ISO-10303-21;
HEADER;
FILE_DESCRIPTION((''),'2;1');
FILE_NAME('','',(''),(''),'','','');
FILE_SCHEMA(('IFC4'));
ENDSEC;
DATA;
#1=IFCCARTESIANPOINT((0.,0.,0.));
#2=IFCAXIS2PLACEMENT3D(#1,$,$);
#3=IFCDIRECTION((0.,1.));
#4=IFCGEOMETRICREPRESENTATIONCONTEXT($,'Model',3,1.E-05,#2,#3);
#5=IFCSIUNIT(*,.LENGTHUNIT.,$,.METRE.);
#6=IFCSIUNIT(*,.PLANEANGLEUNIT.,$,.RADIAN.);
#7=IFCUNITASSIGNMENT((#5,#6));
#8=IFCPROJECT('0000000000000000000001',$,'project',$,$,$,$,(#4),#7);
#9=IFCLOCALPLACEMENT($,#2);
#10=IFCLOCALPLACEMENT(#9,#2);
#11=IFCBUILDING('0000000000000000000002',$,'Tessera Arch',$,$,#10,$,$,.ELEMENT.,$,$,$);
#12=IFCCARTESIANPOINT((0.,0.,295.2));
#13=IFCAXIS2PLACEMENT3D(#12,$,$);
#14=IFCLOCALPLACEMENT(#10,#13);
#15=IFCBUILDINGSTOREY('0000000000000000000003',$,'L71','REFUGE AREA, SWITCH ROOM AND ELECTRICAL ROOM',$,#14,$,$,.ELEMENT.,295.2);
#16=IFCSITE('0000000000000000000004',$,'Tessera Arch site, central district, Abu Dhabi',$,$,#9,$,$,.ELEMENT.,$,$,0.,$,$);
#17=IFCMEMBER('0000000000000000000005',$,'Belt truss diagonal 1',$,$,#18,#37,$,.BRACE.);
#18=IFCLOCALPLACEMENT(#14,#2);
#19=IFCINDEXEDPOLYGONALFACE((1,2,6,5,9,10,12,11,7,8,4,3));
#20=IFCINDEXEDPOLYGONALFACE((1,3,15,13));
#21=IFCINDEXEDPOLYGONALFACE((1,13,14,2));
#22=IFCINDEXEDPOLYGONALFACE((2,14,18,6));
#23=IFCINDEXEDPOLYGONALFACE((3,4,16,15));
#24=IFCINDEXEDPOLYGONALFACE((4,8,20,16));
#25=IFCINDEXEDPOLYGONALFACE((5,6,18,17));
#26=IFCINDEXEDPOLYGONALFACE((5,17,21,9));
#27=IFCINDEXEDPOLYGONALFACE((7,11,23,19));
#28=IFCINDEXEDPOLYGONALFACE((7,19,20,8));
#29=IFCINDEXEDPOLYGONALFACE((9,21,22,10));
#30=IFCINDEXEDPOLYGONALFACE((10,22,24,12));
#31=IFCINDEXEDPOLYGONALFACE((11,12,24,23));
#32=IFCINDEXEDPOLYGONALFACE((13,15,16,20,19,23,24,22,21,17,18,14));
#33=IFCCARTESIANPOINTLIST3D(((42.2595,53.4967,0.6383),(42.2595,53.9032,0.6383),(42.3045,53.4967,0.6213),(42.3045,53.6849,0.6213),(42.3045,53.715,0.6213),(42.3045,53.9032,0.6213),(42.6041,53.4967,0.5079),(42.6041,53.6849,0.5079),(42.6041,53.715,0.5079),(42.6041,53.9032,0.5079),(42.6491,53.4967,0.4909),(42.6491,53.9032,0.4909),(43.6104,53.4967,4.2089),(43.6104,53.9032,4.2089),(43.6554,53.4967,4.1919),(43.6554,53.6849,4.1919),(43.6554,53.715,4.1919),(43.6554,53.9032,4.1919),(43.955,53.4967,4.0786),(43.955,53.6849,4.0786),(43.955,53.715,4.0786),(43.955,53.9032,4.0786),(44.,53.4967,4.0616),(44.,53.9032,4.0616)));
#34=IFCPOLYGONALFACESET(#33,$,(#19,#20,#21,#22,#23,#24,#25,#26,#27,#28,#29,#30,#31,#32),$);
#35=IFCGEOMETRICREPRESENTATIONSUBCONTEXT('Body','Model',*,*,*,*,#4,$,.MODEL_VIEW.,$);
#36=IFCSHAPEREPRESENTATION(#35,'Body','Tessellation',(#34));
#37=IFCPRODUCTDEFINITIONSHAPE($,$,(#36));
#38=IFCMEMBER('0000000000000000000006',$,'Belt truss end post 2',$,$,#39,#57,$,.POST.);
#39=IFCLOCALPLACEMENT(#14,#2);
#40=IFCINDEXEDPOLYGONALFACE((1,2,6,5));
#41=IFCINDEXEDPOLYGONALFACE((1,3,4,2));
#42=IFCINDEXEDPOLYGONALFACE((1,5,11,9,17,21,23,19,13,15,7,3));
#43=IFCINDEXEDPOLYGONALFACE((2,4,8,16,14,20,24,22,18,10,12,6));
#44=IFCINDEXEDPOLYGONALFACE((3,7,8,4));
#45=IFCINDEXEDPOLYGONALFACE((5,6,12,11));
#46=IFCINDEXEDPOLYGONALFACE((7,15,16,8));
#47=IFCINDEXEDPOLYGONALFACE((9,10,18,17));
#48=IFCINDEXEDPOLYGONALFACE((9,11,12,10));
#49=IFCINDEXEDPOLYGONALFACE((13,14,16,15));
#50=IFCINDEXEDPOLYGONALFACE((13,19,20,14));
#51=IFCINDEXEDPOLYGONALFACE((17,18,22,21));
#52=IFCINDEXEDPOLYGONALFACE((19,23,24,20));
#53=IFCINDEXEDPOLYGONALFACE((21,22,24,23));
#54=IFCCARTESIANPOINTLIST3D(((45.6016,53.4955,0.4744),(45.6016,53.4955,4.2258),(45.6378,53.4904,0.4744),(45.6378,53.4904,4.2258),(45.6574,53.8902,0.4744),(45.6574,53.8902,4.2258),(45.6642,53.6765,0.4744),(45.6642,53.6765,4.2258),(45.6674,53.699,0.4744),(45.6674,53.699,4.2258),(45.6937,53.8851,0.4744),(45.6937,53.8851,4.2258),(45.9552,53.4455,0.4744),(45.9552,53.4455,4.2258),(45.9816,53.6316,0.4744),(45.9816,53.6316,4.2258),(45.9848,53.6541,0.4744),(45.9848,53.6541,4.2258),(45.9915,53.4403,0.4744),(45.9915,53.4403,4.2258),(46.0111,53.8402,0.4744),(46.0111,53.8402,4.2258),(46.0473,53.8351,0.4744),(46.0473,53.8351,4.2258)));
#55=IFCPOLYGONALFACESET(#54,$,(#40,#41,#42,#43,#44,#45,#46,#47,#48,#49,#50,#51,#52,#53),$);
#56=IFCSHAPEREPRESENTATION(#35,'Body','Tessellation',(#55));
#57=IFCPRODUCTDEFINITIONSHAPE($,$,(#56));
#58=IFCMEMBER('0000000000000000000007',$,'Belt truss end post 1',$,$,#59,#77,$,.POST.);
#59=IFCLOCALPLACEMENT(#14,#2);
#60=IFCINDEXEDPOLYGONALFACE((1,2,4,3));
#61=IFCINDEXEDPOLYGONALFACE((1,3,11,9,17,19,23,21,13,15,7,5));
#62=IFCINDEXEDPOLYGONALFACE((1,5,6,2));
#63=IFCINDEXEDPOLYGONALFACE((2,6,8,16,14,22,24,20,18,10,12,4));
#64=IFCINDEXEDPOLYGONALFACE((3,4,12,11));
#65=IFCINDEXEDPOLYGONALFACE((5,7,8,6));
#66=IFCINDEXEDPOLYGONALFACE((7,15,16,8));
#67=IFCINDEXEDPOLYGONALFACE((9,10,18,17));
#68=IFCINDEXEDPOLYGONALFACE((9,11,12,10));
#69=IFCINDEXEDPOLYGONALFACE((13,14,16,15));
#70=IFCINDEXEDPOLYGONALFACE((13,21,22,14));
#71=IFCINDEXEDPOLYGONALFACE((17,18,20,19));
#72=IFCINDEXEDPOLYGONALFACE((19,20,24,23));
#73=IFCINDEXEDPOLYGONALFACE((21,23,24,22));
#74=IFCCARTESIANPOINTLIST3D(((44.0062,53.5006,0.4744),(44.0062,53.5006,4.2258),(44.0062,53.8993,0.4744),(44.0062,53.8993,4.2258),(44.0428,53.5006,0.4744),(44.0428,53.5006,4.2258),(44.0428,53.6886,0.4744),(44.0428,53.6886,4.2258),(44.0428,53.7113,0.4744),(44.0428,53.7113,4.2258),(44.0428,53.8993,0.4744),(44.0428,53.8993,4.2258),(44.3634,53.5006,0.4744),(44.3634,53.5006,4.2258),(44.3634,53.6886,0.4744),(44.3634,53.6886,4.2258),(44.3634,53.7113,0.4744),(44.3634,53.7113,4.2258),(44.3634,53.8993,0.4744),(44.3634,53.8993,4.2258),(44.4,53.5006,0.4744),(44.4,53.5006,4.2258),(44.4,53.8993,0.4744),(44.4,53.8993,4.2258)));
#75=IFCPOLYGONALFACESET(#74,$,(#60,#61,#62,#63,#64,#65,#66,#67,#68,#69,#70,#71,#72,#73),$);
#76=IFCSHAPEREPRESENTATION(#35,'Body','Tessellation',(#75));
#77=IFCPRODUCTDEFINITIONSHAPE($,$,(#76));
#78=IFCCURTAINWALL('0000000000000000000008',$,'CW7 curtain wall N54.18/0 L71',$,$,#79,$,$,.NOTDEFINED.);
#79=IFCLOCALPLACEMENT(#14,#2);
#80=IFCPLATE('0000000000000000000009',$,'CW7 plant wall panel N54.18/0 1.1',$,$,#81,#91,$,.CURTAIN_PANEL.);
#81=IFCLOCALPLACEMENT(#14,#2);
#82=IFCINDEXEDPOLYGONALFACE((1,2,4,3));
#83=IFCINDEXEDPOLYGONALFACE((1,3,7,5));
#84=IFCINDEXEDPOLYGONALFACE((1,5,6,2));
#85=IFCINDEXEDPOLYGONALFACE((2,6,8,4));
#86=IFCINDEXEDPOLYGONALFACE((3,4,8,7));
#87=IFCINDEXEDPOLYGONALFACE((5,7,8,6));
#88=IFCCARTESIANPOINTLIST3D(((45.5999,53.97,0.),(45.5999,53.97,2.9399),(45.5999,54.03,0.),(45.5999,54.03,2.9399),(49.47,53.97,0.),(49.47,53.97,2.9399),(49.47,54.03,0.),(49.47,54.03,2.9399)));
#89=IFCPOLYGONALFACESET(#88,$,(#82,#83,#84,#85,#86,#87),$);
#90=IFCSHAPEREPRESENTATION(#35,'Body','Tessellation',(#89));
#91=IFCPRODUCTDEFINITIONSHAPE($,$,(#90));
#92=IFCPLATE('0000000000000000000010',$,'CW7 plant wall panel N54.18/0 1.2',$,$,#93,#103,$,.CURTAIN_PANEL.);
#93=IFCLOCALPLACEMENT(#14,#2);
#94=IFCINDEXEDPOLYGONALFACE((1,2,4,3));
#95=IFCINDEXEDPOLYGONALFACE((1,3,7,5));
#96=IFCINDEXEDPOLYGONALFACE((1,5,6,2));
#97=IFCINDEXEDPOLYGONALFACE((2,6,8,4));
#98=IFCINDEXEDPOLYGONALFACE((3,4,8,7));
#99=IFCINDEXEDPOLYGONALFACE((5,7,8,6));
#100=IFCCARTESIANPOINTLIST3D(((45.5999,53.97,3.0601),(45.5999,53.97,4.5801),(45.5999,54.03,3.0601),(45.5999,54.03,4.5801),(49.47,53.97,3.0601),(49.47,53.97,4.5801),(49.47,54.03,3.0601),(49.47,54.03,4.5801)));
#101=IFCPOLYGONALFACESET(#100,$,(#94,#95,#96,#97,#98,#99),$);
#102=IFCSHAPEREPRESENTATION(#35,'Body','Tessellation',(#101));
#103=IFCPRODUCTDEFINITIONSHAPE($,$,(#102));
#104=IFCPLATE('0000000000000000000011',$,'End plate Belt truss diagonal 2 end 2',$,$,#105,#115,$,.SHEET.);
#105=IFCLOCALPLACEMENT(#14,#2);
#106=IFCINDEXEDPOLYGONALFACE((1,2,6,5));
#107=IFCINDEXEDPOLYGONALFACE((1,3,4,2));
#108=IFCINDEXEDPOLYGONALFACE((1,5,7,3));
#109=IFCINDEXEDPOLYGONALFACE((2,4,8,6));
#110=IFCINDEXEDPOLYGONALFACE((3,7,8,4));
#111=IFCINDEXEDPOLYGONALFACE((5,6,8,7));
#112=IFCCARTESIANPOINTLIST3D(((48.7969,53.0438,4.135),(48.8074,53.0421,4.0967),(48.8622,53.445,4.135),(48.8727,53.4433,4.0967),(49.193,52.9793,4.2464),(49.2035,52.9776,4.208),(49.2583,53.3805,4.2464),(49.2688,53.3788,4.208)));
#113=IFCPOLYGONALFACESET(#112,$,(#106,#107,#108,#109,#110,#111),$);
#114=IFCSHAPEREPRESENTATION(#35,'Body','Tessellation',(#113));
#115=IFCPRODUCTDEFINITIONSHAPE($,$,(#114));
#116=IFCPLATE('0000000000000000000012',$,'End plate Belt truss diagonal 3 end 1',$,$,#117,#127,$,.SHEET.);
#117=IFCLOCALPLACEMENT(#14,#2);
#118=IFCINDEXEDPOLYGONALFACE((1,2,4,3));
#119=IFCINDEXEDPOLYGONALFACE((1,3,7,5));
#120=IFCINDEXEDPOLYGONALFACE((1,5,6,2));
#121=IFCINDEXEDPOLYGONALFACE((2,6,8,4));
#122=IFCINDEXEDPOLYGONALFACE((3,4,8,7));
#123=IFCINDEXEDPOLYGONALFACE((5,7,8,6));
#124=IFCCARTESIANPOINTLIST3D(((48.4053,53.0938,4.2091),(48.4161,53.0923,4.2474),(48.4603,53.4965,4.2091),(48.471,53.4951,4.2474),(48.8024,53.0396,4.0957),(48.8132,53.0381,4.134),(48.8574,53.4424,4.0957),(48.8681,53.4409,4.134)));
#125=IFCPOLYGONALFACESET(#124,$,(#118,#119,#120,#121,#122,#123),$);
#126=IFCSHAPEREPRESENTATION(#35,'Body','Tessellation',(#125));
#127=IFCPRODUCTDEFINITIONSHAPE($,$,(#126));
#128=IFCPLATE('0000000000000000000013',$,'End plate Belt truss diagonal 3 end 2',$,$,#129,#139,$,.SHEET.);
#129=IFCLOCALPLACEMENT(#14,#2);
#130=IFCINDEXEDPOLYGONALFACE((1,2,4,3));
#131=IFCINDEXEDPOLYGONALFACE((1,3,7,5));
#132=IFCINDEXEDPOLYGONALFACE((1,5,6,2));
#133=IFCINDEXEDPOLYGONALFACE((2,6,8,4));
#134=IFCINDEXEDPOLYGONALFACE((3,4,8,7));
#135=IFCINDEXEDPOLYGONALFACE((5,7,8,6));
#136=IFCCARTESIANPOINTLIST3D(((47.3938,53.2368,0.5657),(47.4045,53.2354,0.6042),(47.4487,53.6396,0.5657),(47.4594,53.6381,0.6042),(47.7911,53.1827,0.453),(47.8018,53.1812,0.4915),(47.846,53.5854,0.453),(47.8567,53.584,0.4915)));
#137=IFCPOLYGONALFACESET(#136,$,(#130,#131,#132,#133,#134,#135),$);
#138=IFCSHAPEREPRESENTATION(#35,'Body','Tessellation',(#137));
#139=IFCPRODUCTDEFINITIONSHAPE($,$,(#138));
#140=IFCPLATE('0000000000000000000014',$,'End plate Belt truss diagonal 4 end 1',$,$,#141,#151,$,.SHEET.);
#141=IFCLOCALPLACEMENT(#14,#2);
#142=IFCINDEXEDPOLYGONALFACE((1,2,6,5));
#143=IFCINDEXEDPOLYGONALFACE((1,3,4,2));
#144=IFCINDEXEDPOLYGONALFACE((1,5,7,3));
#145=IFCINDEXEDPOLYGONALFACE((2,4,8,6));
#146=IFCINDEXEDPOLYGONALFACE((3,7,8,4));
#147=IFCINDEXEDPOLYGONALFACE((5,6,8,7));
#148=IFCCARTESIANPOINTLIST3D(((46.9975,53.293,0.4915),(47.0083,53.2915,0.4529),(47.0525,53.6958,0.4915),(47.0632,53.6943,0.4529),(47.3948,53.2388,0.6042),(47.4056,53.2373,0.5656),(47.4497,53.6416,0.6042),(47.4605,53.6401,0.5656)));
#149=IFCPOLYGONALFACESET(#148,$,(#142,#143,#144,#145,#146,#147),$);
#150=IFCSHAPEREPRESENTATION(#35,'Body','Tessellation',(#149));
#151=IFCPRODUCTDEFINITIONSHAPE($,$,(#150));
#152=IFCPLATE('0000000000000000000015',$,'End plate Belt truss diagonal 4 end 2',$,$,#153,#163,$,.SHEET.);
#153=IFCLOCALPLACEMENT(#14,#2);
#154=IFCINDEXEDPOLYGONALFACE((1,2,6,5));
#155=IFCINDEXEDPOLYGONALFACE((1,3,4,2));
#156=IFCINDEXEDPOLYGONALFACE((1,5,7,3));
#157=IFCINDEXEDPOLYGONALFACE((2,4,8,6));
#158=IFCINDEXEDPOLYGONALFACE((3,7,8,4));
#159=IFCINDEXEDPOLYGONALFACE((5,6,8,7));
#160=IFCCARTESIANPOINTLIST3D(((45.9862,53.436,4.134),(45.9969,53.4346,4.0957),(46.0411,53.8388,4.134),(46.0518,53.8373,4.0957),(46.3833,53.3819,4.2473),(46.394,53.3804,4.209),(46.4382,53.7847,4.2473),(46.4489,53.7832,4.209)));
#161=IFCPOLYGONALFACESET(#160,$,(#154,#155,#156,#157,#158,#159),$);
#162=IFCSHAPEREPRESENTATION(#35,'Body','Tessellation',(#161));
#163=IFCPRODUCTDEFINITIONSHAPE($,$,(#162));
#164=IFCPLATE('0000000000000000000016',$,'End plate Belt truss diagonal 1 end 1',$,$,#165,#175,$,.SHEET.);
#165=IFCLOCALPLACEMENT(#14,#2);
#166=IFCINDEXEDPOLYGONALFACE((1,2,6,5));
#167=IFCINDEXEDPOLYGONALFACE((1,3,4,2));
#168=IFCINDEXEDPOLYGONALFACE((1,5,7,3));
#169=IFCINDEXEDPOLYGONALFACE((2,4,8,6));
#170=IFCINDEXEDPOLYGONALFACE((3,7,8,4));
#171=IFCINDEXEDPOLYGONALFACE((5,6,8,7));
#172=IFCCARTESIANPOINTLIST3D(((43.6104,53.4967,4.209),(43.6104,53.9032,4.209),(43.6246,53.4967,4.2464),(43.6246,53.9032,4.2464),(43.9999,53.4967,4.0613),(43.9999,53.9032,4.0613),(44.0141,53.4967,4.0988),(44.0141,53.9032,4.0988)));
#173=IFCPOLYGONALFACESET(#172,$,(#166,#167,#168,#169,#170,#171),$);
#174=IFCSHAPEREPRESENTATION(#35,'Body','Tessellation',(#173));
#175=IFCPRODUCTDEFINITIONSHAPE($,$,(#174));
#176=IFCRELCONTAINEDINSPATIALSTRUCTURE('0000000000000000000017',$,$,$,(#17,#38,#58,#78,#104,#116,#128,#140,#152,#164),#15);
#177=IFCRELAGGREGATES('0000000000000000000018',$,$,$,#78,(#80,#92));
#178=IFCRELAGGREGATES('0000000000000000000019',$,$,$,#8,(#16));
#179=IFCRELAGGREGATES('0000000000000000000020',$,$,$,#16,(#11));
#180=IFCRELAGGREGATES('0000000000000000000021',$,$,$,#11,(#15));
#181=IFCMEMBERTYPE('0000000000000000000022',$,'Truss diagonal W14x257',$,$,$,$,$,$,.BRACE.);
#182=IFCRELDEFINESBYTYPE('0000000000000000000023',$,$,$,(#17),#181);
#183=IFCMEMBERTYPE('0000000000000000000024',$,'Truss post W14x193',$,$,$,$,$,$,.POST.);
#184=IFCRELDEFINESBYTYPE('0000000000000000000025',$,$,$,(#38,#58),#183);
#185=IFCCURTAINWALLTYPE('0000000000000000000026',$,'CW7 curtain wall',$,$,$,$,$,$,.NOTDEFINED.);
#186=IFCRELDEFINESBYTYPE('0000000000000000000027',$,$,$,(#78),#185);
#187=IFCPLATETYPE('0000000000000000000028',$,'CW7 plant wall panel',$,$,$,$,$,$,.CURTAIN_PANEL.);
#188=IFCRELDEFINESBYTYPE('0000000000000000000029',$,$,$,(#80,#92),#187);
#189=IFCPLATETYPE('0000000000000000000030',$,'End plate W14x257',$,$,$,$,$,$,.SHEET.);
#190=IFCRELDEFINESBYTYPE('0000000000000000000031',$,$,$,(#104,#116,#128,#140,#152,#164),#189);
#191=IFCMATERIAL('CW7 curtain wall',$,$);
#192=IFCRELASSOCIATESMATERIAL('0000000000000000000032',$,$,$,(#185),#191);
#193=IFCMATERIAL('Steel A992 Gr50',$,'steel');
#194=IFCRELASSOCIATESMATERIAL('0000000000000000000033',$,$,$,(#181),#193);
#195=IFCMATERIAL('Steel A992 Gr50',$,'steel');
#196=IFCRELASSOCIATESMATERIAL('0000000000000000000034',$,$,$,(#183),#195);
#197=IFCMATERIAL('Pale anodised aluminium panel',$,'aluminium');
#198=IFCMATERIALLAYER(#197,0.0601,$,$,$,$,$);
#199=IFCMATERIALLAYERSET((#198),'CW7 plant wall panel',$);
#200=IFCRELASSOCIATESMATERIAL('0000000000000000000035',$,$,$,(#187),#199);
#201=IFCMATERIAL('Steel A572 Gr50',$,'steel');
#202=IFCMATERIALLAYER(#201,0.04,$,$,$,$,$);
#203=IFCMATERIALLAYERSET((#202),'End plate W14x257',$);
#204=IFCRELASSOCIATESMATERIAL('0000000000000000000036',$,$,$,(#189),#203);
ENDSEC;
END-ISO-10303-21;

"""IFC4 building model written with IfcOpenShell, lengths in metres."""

from ifc_helpers import new_model, si_unit, direction, frame, origin, origin_2d, place, context, subcontext, project, spatial, rectangle, i_section, extrude, material, layer, layer_set, material_profile, profile_set, type_object, element, aggregate, save


model = new_model("IFC4")

# Units and contexts
model_context = context("Model", 3, precision=1e-05, world=origin(), true_north=direction((0.0, 1.0)))
body_context = subcontext(model_context, "Body", "Model", "MODEL_VIEW")
ifc_project = project(units=[si_unit("LENGTHUNIT", "METRE"), si_unit("PLANEANGLEUNIT", "RADIAN")], contexts=[model_context])

# Site, building, storey
site_placement = place(None, origin())
site = spatial("IfcSite", under=ifc_project, at=site_placement, Name="Tessera Arch site, central district, Abu Dhabi", CompositionType="ELEMENT", RefElevation=0.0)
building_placement = place(site_placement, origin())
building = spatial("IfcBuilding", under=site, at=building_placement, Name="Tessera Arch", CompositionType="ELEMENT")
storey_placement = place(building_placement, frame((0.0, 0.0, 295.2)))
storey = spatial("IfcBuildingStorey", under=building, at=storey_placement, Name="L71", Description="REFUGE AREA, SWITCH ROOM AND ELECTRICAL ROOM", CompositionType="ELEMENT", Elevation=295.2)

# Shared definitions
ifc_material_1 = material(Name="CW7 curtain wall")
curtain_wall_type = type_object("IfcCurtainWallType", Name="CW7 curtain wall", PredefinedType="NOTDEFINED", material=ifc_material_1)

# Members
ifc_material_2 = material(Name="Steel A992 Gr50", Category="steel")
ifc_material_profile_1 = material_profile(ifc_material_2, i_section(OverallWidth=0.4065, OverallDepth=0.4165, WebThickness=0.03, FlangeThickness=0.0481, at=origin_2d()), Name="W14x257")
ifc_profile_set_1 = profile_set([ifc_material_profile_1], Name="Steel A992 Gr50")
member_type_1 = type_object("IfcMemberType", Name="Truss diagonal W14x257", PredefinedType="BRACE", material=ifc_profile_set_1)
member_1_placement = place(storey_placement, frame((43.8052, 53.7, 4.1353), z_axis=(-0.353848, 0.0, -0.935303), x_axis=(0.0, -1.0, 0.0)))
element("IfcMember", 1, at=member_1_placement, inside=storey, type_object=member_type_1, Name="Belt truss diagonal 1", PredefinedType="BRACE", context=body_context, shape_type="SweptSolid", body=[
    extrude(i_section(OverallWidth=0.4065, OverallDepth=0.4165, WebThickness=0.03, FlangeThickness=0.0481, at=origin_2d()), origin(), (0.0, 0.0, 1.0), 3.8176),
])
ifc_material_3 = material(Name="Steel A992 Gr50", Category="steel")
ifc_material_profile_2 = material_profile(ifc_material_3, i_section(OverallWidth=0.3987, OverallDepth=0.3938, WebThickness=0.0227, FlangeThickness=0.0366, at=origin_2d()), Name="W14x193")
ifc_profile_set_2 = profile_set([ifc_material_profile_2], Name="Steel A992 Gr50")
member_type_2 = type_object("IfcMemberType", Name="Truss post W14x193", PredefinedType="POST", material=ifc_profile_set_2)
for number, where, z_axis, x_axis, name in (
    (2, (45.8245, 53.6653, 0.4744), (0.0, 0.0, 1.0), (0.140089, 0.990139, 0.0), "Belt truss end post 2"),
    (3, (44.2031, 53.7, 0.4744), (0.0, 0.0, 1.0), (0.0, 1.0, 0.0), "Belt truss end post 1"),
):
    element("IfcMember", number, at=place(storey_placement, frame(where, z_axis=z_axis, x_axis=x_axis)), inside=storey, type_object=member_type_2, Name=name, PredefinedType="POST", context=body_context, shape_type="SweptSolid", body=[
        extrude(i_section(OverallWidth=0.3987, OverallDepth=0.3938, WebThickness=0.0227, FlangeThickness=0.0366, at=origin_2d()), origin(), (0.0, 0.0, 1.0), 3.7515),
    ])

# Curtain wall, plates
curtain_wall_1_placement = place(storey_placement, origin())
curtain_wall_1 = element("IfcCurtainWall", 4, at=curtain_wall_1_placement, inside=storey, type_object=curtain_wall_type, Name="CW7 curtain wall N54.18/0 L71", PredefinedType="NOTDEFINED")
ifc_material_4 = material(Name="Pale anodised aluminium panel", Category="aluminium")
ifc_layer_1 = layer(ifc_material_4, 0.0601)
ifc_layer_set_1 = layer_set([ifc_layer_1], Name="CW7 plant wall panel")
plate_type_1 = type_object("IfcPlateType", Name="CW7 plant wall panel", PredefinedType="CURTAIN_PANEL", material=ifc_layer_set_1)
plate_1_placement = place(storey_placement, frame((47.5349, 54.0, 0.0), z_axis=(0.0, 0.0, 1.0), x_axis=(-1.0, 0.0, 0.0)))
plate_1 = element("IfcPlate", 5, at=plate_1_placement, type_object=plate_type_1, Name="CW7 plant wall panel N54.18/0 1.1", PredefinedType="CURTAIN_PANEL", context=body_context, shape_type="SweptSolid", body=[
    extrude(rectangle(XDim=3.8701, YDim=0.0601, at=origin_2d()), origin(), (0.0, 0.0, 1.0), 2.9399),
])
plate_2_placement = place(storey_placement, frame((47.5349, 54.0, 3.0601), z_axis=(0.0, 0.0, 1.0), x_axis=(-1.0, 0.0, 0.0)))
plate_2 = element("IfcPlate", 6, at=plate_2_placement, type_object=plate_type_1, Name="CW7 plant wall panel N54.18/0 1.2", PredefinedType="CURTAIN_PANEL", context=body_context, shape_type="SweptSolid", body=[
    extrude(rectangle(XDim=3.8701, YDim=0.0601, at=origin_2d()), origin(), (0.0, 0.0, 1.0), 1.52),
])
aggregate(curtain_wall_1, [plate_1, plate_2])

# Plates
ifc_material_5 = material(Name="Steel A572 Gr50", Category="steel")
ifc_layer_2 = layer(ifc_material_5, 0.04)
ifc_layer_set_2 = layer_set([ifc_layer_2], Name="End plate W14x257")
plate_type_2 = type_object("IfcPlateType", Name="End plate W14x257", PredefinedType="SHEET", material=ifc_layer_set_2)
for number, where, z_axis, x_axis, name in (
    (7, (49.0381, 53.2104, 4.1523), (-0.263913, 0.042963, 0.963589), (-0.160676, -0.987007, 0.0), "End plate Belt truss diagonal 2 end 2"),
    (8, (48.6421, 53.2666, 4.1907), (-0.269675, 0.036774, -0.962249), (-0.135113, -0.99083, 0.0), "End plate Belt truss diagonal 3 end 1"),
):
    element("IfcPlate", number, at=place(storey_placement, frame(where, z_axis=z_axis, x_axis=x_axis)), inside=storey, type_object=plate_type_2, Name=name, PredefinedType="SHEET", context=body_context, shape_type="SweptSolid", body=[
        extrude(rectangle(XDim=0.4065, YDim=0.4165, at=origin_2d()), origin(), (0.0, 0.0, 1.0), 0.0398),
    ])
for number, where, z_axis, x_axis, name in (
    (9, (47.6306, 53.4097, 0.5479), (-0.268093, 0.036558, -0.962699), (-0.135113, -0.99083, 0.0), "End plate Belt truss diagonal 3 end 2"),
    (10, (47.2344, 53.4658, 0.5093), (-0.268093, 0.036558, 0.962699), (-0.135113, -0.99083, 0.0), "End plate Belt truss diagonal 4 end 1"),
):
    element("IfcPlate", number, at=place(storey_placement, frame(where, z_axis=z_axis, x_axis=x_axis)), inside=storey, type_object=plate_type_2, Name=name, PredefinedType="SHEET", context=body_context, shape_type="SweptSolid", body=[
        extrude(rectangle(XDim=0.4065, YDim=0.4165, at=origin_2d()), origin(), (0.0, 0.0, 1.0), 0.04),
    ])
plate_3_placement = place(storey_placement, frame((46.2229, 53.6089, 4.1523), z_axis=(-0.269675, 0.036774, 0.962249), x_axis=(-0.135113, -0.99083, 0.0)))
element("IfcPlate", 11, at=plate_3_placement, inside=storey, type_object=plate_type_2, Name="End plate Belt truss diagonal 4 end 2", PredefinedType="SHEET", context=body_context, shape_type="SweptSolid", body=[
    extrude(rectangle(XDim=0.4065, YDim=0.4165, at=origin_2d()), origin(), (0.0, 0.0, 1.0), 0.0398),
])
plate_4_placement = place(storey_placement, frame((43.8193, 53.7, 4.1726), z_axis=(-0.35447, 0.0, -0.935067), x_axis=(0.0, -1.0, 0.0)))
element("IfcPlate", 12, at=plate_4_placement, inside=storey, type_object=plate_type_2, Name="End plate Belt truss diagonal 1 end 1", PredefinedType="SHEET", context=body_context, shape_type="SweptSolid", body=[
    extrude(rectangle(XDim=0.4065, YDim=0.4165, at=origin_2d()), origin(), (0.0, 0.0, 1.0), 0.04),
])

save(model, "model.ifc")
